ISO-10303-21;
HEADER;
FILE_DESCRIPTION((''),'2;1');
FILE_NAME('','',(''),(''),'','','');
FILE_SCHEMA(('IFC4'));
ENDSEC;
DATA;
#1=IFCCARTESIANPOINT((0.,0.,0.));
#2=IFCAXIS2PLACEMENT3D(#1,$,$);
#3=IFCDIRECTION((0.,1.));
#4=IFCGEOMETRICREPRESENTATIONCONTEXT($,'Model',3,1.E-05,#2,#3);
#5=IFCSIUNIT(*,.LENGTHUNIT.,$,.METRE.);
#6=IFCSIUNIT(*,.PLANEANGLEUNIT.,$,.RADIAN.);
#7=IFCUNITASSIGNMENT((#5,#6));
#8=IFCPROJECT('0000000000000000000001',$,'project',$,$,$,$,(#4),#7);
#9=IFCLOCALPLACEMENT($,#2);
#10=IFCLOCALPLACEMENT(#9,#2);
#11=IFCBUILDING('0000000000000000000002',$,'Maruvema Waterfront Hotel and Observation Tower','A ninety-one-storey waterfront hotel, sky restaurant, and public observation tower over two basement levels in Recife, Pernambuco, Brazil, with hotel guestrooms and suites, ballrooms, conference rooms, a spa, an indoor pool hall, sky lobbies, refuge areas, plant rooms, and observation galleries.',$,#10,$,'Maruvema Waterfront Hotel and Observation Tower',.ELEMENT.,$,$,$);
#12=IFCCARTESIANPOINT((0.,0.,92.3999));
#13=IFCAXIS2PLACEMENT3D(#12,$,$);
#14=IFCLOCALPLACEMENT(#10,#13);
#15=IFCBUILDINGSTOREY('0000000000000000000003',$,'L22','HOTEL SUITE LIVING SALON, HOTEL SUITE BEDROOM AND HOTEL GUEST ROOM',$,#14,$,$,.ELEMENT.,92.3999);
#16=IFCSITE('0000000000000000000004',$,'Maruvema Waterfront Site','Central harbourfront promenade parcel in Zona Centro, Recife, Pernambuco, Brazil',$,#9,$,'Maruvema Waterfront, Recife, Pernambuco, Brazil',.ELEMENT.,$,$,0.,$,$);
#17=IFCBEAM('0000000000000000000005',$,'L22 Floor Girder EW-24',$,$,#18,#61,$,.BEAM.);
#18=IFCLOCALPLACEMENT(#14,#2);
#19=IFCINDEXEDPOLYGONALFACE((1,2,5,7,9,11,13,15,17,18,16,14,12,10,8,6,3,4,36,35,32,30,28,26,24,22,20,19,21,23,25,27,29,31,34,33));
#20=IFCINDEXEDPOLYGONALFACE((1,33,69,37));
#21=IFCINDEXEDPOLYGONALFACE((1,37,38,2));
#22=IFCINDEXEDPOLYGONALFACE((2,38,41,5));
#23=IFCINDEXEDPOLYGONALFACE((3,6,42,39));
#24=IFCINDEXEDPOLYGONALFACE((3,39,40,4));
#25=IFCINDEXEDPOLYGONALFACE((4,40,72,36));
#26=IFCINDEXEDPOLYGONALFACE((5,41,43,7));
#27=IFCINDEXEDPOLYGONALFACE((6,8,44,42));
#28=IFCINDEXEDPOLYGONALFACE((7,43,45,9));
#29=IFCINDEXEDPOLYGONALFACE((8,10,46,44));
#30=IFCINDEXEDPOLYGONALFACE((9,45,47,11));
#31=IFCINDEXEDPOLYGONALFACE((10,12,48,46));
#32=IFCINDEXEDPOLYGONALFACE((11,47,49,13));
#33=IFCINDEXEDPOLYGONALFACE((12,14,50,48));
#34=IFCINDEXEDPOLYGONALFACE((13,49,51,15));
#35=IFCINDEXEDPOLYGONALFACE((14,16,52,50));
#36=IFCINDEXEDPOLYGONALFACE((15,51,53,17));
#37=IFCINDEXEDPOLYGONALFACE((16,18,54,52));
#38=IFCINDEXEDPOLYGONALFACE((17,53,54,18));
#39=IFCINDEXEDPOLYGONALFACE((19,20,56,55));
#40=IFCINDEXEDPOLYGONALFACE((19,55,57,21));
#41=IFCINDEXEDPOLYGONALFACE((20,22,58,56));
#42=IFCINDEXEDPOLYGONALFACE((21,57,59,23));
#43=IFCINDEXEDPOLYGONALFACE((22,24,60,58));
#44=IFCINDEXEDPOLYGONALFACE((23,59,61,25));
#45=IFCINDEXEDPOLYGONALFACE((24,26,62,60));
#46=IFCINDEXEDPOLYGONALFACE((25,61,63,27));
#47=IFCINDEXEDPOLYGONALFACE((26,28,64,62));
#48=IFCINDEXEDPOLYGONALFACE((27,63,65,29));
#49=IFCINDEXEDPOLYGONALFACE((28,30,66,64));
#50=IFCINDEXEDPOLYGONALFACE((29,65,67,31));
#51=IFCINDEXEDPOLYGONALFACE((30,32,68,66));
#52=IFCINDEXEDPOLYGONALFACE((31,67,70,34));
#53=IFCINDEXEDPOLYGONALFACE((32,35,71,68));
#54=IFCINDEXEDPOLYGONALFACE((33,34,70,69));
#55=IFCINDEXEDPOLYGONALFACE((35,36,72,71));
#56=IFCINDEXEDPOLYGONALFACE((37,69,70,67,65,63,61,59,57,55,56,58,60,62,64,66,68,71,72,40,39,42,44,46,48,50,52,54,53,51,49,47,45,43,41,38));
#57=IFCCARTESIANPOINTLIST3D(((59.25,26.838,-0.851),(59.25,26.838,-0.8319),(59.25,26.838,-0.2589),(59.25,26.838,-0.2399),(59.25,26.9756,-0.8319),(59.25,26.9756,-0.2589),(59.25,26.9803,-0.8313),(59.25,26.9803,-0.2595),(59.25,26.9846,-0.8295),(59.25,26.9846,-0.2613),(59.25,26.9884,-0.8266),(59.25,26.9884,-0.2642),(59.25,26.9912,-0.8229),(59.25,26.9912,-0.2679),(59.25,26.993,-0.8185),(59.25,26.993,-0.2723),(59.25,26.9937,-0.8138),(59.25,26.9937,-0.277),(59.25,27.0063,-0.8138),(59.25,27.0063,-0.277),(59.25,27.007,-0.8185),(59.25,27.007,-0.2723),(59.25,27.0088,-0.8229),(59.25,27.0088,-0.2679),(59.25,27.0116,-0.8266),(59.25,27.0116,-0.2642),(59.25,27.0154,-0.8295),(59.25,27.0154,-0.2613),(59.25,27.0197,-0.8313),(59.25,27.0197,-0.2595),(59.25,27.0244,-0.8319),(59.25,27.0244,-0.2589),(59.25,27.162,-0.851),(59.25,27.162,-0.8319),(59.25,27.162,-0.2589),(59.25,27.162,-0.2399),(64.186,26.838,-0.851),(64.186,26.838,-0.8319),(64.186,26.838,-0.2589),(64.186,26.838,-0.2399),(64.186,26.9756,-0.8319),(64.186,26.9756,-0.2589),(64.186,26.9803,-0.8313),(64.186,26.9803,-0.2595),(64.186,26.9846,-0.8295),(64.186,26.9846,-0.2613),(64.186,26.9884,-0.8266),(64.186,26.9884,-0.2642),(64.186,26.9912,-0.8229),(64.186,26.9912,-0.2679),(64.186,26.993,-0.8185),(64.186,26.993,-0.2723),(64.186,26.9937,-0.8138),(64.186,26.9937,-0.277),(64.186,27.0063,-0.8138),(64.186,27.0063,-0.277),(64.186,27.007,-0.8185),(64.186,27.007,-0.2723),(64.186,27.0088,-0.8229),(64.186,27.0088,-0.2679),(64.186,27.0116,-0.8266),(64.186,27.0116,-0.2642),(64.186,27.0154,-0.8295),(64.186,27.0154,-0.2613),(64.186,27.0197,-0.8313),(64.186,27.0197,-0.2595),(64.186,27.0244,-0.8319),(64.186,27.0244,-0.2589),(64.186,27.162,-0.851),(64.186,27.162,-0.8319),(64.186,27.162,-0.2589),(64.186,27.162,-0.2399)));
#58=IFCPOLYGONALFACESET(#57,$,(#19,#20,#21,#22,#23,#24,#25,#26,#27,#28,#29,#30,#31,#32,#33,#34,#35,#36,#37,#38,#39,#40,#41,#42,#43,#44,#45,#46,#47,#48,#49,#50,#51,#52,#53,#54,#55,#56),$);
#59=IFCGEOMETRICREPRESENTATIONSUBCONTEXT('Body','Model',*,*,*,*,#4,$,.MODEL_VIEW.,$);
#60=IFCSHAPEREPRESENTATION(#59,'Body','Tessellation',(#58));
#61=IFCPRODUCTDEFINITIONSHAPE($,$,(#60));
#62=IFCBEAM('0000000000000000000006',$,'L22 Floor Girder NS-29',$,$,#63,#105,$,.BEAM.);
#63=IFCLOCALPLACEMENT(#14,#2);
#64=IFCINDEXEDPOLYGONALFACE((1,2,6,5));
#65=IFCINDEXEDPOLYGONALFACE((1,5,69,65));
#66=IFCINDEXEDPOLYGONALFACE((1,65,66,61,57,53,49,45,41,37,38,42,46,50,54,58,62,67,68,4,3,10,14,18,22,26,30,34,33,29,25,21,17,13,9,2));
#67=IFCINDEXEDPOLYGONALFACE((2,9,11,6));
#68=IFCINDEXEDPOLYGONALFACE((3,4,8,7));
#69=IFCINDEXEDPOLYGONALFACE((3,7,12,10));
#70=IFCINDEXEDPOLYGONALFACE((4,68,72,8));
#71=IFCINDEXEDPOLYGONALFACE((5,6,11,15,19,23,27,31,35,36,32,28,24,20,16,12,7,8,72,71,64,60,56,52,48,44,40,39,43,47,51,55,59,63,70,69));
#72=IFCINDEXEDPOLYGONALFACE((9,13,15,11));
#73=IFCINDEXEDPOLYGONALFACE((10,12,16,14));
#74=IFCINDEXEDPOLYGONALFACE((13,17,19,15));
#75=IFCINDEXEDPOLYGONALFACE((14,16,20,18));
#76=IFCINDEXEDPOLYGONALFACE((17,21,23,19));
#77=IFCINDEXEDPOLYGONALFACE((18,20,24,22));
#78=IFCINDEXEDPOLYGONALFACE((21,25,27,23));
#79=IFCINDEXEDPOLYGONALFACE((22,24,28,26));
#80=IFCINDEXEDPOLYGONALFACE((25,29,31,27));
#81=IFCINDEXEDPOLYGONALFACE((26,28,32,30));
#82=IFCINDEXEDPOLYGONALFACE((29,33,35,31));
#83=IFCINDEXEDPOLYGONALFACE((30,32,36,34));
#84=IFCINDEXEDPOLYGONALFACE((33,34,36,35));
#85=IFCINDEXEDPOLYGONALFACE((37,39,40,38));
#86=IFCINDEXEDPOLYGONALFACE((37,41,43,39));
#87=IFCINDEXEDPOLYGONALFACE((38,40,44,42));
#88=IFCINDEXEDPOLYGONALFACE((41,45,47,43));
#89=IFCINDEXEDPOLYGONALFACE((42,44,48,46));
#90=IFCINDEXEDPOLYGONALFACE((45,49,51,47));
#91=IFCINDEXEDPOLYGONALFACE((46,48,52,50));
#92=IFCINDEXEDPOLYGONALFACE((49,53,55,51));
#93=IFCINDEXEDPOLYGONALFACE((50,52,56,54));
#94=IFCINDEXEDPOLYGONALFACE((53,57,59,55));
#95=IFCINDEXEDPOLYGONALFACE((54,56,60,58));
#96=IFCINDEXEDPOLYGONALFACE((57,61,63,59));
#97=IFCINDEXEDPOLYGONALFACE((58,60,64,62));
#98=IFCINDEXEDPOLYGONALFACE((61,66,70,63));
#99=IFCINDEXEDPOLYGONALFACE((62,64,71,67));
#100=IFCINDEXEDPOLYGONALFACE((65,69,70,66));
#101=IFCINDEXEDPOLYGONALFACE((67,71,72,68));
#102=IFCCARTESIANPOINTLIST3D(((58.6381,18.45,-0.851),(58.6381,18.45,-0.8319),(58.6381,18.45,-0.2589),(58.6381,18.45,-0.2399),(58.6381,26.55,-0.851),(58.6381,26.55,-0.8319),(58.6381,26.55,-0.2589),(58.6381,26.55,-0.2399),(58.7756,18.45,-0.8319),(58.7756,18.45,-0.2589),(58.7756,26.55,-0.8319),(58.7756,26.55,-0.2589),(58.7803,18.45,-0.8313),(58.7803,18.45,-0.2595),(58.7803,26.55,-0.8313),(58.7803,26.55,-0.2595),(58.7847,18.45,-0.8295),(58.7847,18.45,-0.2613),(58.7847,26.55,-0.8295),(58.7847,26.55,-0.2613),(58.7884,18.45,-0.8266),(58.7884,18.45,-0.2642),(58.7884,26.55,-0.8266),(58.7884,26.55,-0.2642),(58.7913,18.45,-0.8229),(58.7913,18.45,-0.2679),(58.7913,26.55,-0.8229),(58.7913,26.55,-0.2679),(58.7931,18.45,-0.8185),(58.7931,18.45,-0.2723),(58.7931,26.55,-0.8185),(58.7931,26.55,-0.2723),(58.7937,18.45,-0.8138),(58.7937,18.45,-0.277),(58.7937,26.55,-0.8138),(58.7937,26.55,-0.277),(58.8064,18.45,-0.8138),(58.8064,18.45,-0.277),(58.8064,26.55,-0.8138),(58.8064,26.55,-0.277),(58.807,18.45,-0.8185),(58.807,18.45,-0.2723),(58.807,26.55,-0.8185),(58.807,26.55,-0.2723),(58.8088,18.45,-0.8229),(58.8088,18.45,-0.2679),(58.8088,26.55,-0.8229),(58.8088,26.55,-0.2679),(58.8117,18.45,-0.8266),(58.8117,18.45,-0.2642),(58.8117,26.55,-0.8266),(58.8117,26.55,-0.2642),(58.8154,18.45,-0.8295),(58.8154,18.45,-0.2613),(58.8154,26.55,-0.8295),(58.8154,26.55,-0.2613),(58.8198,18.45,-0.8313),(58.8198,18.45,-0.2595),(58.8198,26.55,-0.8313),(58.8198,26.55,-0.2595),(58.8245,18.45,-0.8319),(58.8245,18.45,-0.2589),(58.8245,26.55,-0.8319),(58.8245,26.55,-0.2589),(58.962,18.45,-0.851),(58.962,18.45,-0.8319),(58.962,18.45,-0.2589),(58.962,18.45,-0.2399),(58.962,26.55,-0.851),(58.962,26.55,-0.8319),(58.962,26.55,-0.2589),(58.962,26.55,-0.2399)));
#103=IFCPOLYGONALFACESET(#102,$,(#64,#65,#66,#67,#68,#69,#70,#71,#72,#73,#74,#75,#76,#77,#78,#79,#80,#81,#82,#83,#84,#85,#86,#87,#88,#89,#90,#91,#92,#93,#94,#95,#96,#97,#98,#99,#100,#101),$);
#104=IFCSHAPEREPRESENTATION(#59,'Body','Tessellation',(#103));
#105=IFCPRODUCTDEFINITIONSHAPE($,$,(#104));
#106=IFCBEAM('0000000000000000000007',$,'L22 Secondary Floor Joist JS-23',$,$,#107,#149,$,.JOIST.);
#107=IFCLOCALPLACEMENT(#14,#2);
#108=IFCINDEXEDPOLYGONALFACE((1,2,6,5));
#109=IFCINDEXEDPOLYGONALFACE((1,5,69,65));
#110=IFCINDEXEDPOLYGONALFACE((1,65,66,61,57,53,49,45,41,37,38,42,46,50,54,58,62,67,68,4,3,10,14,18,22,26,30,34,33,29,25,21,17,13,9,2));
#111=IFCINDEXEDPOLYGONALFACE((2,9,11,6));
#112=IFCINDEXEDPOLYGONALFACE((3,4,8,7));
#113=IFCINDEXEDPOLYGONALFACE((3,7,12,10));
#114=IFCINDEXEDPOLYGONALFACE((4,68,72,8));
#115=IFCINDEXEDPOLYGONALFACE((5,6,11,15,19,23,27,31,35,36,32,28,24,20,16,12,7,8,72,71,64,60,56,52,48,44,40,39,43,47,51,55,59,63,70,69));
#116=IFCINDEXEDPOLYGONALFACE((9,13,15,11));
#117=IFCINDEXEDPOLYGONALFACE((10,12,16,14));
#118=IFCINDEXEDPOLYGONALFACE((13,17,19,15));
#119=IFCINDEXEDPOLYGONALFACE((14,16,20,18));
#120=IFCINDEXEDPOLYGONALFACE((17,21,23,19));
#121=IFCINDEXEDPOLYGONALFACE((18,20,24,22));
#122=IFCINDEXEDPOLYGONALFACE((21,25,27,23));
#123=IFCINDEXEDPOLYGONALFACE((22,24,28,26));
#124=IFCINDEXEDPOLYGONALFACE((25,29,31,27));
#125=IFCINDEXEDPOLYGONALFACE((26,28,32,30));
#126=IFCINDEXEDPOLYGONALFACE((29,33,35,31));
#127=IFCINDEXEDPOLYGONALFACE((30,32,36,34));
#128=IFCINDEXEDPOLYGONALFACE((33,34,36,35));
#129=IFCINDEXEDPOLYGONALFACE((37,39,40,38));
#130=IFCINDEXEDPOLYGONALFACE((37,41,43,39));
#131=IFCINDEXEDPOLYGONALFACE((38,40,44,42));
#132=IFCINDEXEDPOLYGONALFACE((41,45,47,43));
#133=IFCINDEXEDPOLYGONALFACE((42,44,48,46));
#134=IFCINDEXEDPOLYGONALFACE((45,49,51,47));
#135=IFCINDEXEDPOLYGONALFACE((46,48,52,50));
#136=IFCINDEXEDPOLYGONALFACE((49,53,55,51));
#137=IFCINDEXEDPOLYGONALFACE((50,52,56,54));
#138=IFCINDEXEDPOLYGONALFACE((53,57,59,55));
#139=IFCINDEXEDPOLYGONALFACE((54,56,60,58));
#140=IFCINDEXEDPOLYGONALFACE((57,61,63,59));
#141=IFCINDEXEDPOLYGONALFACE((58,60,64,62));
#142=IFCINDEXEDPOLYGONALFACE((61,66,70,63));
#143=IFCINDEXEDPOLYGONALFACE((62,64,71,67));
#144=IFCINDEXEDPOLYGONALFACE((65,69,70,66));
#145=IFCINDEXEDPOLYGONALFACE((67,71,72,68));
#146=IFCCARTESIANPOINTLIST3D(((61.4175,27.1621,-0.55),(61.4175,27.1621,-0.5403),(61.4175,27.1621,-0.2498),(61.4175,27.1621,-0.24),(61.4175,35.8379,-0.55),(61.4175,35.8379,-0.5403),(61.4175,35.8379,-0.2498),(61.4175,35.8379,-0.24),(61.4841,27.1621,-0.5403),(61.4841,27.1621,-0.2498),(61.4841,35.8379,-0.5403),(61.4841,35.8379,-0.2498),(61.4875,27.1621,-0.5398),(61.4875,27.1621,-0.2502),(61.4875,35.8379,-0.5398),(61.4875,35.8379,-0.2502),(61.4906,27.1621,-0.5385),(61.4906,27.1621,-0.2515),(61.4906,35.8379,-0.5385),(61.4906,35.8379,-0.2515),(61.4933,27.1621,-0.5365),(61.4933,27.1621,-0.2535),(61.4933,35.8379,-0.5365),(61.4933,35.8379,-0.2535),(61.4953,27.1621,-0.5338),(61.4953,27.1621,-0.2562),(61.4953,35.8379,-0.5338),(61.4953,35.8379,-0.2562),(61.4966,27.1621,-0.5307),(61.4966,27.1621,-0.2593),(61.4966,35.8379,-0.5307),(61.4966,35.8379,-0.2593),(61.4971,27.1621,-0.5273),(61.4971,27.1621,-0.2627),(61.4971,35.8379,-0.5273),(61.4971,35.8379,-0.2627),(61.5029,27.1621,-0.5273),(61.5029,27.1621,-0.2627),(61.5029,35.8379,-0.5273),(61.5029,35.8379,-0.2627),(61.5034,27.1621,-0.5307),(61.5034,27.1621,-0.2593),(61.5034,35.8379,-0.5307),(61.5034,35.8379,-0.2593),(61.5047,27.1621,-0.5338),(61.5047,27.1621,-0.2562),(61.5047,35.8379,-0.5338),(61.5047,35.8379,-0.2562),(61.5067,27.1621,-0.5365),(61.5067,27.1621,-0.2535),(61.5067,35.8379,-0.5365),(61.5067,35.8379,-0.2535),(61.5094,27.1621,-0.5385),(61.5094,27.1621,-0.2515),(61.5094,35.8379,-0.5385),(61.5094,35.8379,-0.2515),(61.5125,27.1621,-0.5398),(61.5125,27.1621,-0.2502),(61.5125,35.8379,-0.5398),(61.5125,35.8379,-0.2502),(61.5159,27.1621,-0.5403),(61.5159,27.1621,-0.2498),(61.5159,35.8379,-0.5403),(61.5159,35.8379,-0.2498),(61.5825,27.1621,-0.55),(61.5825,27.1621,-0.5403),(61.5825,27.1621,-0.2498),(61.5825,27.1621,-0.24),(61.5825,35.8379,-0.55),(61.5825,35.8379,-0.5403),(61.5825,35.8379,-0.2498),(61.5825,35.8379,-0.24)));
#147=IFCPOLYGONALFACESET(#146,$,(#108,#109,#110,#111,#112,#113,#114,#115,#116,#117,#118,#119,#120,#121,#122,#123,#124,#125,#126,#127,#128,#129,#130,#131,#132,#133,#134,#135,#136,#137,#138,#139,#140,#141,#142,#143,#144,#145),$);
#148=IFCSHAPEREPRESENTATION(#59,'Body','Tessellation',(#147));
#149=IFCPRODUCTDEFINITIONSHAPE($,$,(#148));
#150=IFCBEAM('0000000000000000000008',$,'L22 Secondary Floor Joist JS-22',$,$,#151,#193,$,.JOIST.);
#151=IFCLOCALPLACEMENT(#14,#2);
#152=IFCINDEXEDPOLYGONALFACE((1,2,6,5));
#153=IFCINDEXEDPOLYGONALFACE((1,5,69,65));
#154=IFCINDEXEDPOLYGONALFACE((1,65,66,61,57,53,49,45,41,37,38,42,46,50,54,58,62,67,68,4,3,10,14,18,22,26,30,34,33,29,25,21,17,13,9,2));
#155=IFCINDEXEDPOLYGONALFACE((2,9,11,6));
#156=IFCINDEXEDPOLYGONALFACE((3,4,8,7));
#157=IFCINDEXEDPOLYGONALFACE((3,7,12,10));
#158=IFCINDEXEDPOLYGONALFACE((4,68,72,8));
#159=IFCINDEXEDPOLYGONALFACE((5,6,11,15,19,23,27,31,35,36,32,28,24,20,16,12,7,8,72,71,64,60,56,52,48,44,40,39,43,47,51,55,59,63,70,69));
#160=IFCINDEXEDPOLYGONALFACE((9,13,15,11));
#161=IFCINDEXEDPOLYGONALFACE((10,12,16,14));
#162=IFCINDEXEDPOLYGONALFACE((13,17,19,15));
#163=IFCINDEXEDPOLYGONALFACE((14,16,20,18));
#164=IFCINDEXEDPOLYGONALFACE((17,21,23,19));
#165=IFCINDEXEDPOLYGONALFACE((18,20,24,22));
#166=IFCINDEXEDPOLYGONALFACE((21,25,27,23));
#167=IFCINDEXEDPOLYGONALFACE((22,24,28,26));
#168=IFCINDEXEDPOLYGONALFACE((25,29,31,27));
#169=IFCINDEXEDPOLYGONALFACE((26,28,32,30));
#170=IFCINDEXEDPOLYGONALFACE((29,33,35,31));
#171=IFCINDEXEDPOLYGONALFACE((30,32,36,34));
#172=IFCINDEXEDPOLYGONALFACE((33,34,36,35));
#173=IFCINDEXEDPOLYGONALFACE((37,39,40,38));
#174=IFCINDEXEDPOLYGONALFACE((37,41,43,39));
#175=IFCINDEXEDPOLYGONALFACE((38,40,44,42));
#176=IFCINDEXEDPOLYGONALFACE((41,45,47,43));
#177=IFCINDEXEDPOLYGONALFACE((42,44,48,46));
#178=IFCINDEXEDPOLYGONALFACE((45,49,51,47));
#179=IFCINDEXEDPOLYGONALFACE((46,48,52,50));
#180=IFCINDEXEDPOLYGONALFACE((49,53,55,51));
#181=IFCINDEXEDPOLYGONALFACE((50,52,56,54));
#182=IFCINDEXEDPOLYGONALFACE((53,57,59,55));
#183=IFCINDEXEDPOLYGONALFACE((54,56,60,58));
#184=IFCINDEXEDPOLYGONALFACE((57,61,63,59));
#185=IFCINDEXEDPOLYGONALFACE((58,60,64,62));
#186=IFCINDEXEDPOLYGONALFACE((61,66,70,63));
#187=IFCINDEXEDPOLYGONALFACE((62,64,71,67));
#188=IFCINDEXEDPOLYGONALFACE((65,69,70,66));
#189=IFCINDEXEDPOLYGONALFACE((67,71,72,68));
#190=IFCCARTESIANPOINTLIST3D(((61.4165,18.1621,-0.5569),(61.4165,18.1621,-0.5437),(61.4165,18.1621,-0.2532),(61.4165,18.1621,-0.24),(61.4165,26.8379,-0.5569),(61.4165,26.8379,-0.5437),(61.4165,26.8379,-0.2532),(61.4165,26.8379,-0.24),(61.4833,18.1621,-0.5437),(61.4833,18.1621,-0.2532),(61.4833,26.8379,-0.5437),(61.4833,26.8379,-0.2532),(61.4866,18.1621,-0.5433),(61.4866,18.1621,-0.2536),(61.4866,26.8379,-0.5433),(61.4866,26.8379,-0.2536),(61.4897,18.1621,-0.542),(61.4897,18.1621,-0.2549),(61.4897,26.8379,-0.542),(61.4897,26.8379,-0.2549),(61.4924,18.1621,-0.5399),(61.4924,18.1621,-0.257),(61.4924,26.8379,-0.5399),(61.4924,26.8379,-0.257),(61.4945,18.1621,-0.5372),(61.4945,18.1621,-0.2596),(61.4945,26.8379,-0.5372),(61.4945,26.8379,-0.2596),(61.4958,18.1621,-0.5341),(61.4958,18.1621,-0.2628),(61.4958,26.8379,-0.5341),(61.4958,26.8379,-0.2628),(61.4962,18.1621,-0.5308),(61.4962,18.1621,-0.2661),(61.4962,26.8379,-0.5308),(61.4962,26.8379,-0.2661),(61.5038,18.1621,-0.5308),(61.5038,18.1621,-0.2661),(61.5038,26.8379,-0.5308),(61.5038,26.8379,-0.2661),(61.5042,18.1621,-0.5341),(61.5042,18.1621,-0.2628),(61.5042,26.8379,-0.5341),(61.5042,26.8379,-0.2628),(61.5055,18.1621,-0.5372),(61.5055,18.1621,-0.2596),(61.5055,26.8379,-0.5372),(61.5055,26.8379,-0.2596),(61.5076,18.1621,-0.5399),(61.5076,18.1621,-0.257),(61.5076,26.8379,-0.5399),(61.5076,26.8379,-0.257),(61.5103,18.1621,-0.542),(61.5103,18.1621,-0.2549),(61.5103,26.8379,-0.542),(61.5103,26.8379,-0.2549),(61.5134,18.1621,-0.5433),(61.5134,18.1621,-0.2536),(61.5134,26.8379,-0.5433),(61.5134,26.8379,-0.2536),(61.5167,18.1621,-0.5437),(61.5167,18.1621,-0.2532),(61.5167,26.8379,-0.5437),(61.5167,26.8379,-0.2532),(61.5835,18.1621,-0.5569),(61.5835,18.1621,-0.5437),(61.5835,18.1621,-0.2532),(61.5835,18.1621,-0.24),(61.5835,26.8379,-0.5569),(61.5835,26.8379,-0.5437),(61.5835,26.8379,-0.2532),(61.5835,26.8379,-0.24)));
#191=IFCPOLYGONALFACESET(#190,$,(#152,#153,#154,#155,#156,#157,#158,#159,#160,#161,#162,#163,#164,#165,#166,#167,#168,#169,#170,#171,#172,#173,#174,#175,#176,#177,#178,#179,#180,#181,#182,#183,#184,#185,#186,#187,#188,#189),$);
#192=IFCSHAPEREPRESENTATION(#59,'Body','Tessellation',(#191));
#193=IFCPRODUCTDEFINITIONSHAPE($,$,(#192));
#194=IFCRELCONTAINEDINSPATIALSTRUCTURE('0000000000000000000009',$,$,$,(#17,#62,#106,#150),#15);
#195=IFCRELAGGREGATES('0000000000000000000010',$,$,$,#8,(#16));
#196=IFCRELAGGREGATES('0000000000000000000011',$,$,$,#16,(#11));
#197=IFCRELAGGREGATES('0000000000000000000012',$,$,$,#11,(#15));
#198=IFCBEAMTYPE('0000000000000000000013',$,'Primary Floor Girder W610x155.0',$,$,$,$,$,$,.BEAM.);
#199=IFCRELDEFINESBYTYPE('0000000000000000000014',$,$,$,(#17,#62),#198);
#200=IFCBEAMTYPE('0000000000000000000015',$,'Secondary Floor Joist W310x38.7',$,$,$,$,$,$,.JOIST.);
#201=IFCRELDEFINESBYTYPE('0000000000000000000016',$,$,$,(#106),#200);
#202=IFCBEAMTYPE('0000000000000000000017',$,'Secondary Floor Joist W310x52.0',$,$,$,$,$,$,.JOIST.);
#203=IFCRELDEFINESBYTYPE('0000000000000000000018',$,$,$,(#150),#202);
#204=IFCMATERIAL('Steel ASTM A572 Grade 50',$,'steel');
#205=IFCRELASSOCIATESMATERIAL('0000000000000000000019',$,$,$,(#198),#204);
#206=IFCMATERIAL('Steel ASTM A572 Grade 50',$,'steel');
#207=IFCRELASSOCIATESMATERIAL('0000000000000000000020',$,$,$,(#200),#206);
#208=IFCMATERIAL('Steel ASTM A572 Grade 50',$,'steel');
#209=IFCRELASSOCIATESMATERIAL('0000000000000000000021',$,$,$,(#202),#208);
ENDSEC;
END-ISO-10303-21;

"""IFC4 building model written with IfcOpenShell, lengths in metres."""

from ifc_helpers import new_model, si_unit, direction, frame, origin, origin_2d, place, context, subcontext, project, spatial, i_section, extrude, material, material_profile, profile_set, type_object, element, save


model = new_model("IFC4")

# Units and contexts
model_context = context("Model", 3, precision=1e-05, world=origin(), true_north=direction((0.0, 1.0)))
body_context = subcontext(model_context, "Body", "Model", "MODEL_VIEW")
ifc_project = project(units=[si_unit("LENGTHUNIT", "METRE"), si_unit("PLANEANGLEUNIT", "RADIAN")], contexts=[model_context])

# Site, building, storey
site_placement = place(None, origin())
site = spatial("IfcSite", under=ifc_project, at=site_placement, Name="Maruvema Waterfront Site", Description="Central harbourfront promenade parcel in Zona Centro, Recife, Pernambuco, Brazil", LongName="Maruvema Waterfront, Recife, Pernambuco, Brazil", CompositionType="ELEMENT", RefElevation=0.0)
building_placement = place(site_placement, origin())
building = spatial("IfcBuilding", under=site, at=building_placement, Name="Maruvema Waterfront Hotel and Observation Tower", Description="A ninety-one-storey waterfront hotel, sky restaurant, and public observation tower over two basement levels in Recife, Pernambuco, Brazil, with hotel guestrooms and suites, ballrooms, conference rooms, a spa, an indoor pool hall, sky lobbies, refuge areas, plant rooms, and observation galleries.", LongName="Maruvema Waterfront Hotel and Observation Tower", CompositionType="ELEMENT")
storey_placement = place(building_placement, frame((0.0, 0.0, 92.3999)))
storey = spatial("IfcBuildingStorey", under=building, at=storey_placement, Name="L22", Description="HOTEL SUITE LIVING SALON, HOTEL SUITE BEDROOM AND HOTEL GUEST ROOM", CompositionType="ELEMENT", Elevation=92.3999)

# Beams
ifc_material_1 = material(Name="Steel ASTM A572 Grade 50", Category="steel")
ifc_material_profile_1 = material_profile(ifc_material_1, i_section(OverallWidth=0.324, OverallDepth=0.6111, WebThickness=0.0127, FlangeThickness=0.019, FilletRadius=0.0181, at=origin_2d()), Name="W610x155.0")
ifc_profile_set_1 = profile_set([ifc_material_profile_1], Name="Steel ASTM A572 Grade 50")
beam_type_1 = type_object("IfcBeamType", Name="Primary Floor Girder W610x155.0", PredefinedType="BEAM", material=ifc_profile_set_1)
for number, where, z_axis, x_axis, name in (
    (1, (59.25, 27.0, -0.5454), (1.0, 0.0, 0.0), (0.0, 1.0, 0.0), "L22 Floor Girder EW-24"),
):
    element("IfcBeam", number, at=place(storey_placement, frame(where, z_axis=z_axis, x_axis=x_axis)), inside=storey, type_object=beam_type_1, Name=name, PredefinedType="BEAM", context=body_context, shape_type="SweptSolid", body=[
        extrude(i_section(OverallWidth=0.324, OverallDepth=0.6111, WebThickness=0.0127, FlangeThickness=0.019, FilletRadius=0.0181, at=origin_2d()), origin(), (0.0, 0.0, 1.0), 4.936),
    ])
beam_1_placement = place(storey_placement, frame((58.8, 18.45, -0.5454), z_axis=(0.0, 1.0, 0.0), x_axis=(-1.0, 0.0, 0.0)))
element("IfcBeam", 2, at=beam_1_placement, inside=storey, type_object=beam_type_1, Name="L22 Floor Girder NS-29", PredefinedType="BEAM", context=body_context, shape_type="SweptSolid", body=[
    extrude(i_section(OverallWidth=0.324, OverallDepth=0.6111, WebThickness=0.0127, FlangeThickness=0.019, FilletRadius=0.0181, at=origin_2d()), origin(), (0.0, 0.0, 1.0), 8.1001),
])
ifc_material_2 = material(Name="Steel ASTM A572 Grade 50", Category="steel")
ifc_material_profile_2 = material_profile(ifc_material_2, i_section(OverallWidth=0.165, OverallDepth=0.3101, WebThickness=0.0059, FlangeThickness=0.0098, FilletRadius=0.0129, at=origin_2d()), Name="W310x38.7")
ifc_profile_set_2 = profile_set([ifc_material_profile_2], Name="Steel ASTM A572 Grade 50")
beam_type_2 = type_object("IfcBeamType", Name="Secondary Floor Joist W310x38.7", PredefinedType="JOIST", material=ifc_profile_set_2)
beam_2_placement = place(storey_placement, frame((61.5, 27.1621, -0.395), z_axis=(0.0, 1.0, 0.0), x_axis=(-1.0, 0.0, 0.0)))
element("IfcBeam", 3, at=beam_2_placement, inside=storey, type_object=beam_type_2, Name="L22 Secondary Floor Joist JS-23", PredefinedType="JOIST", context=body_context, shape_type="SweptSolid", body=[
    extrude(i_section(OverallWidth=0.165, OverallDepth=0.3101, WebThickness=0.0059, FlangeThickness=0.0098, FilletRadius=0.0129, at=origin_2d()), origin(), (0.0, 0.0, 1.0), 8.6758),
])
ifc_material_3 = material(Name="Steel ASTM A572 Grade 50", Category="steel")
ifc_material_profile_3 = material_profile(ifc_material_3, i_section(OverallWidth=0.167, OverallDepth=0.3169, WebThickness=0.0076, FlangeThickness=0.0132, FilletRadius=0.0129, at=origin_2d()), Name="W310x52.0")
ifc_profile_set_3 = profile_set([ifc_material_profile_3], Name="Steel ASTM A572 Grade 50")
beam_type_3 = type_object("IfcBeamType", Name="Secondary Floor Joist W310x52.0", PredefinedType="JOIST", material=ifc_profile_set_3)
beam_3_placement = place(storey_placement, frame((61.5, 18.1621, -0.3984), z_axis=(0.0, 1.0, 0.0), x_axis=(-1.0, 0.0, 0.0)))
element("IfcBeam", 4, at=beam_3_placement, inside=storey, type_object=beam_type_3, Name="L22 Secondary Floor Joist JS-22", PredefinedType="JOIST", context=body_context, shape_type="SweptSolid", body=[
    extrude(i_section(OverallWidth=0.167, OverallDepth=0.3169, WebThickness=0.0076, FlangeThickness=0.0132, FilletRadius=0.0129, at=origin_2d()), origin(), (0.0, 0.0, 1.0), 8.6758),
])

save(model, "model.ifc")
